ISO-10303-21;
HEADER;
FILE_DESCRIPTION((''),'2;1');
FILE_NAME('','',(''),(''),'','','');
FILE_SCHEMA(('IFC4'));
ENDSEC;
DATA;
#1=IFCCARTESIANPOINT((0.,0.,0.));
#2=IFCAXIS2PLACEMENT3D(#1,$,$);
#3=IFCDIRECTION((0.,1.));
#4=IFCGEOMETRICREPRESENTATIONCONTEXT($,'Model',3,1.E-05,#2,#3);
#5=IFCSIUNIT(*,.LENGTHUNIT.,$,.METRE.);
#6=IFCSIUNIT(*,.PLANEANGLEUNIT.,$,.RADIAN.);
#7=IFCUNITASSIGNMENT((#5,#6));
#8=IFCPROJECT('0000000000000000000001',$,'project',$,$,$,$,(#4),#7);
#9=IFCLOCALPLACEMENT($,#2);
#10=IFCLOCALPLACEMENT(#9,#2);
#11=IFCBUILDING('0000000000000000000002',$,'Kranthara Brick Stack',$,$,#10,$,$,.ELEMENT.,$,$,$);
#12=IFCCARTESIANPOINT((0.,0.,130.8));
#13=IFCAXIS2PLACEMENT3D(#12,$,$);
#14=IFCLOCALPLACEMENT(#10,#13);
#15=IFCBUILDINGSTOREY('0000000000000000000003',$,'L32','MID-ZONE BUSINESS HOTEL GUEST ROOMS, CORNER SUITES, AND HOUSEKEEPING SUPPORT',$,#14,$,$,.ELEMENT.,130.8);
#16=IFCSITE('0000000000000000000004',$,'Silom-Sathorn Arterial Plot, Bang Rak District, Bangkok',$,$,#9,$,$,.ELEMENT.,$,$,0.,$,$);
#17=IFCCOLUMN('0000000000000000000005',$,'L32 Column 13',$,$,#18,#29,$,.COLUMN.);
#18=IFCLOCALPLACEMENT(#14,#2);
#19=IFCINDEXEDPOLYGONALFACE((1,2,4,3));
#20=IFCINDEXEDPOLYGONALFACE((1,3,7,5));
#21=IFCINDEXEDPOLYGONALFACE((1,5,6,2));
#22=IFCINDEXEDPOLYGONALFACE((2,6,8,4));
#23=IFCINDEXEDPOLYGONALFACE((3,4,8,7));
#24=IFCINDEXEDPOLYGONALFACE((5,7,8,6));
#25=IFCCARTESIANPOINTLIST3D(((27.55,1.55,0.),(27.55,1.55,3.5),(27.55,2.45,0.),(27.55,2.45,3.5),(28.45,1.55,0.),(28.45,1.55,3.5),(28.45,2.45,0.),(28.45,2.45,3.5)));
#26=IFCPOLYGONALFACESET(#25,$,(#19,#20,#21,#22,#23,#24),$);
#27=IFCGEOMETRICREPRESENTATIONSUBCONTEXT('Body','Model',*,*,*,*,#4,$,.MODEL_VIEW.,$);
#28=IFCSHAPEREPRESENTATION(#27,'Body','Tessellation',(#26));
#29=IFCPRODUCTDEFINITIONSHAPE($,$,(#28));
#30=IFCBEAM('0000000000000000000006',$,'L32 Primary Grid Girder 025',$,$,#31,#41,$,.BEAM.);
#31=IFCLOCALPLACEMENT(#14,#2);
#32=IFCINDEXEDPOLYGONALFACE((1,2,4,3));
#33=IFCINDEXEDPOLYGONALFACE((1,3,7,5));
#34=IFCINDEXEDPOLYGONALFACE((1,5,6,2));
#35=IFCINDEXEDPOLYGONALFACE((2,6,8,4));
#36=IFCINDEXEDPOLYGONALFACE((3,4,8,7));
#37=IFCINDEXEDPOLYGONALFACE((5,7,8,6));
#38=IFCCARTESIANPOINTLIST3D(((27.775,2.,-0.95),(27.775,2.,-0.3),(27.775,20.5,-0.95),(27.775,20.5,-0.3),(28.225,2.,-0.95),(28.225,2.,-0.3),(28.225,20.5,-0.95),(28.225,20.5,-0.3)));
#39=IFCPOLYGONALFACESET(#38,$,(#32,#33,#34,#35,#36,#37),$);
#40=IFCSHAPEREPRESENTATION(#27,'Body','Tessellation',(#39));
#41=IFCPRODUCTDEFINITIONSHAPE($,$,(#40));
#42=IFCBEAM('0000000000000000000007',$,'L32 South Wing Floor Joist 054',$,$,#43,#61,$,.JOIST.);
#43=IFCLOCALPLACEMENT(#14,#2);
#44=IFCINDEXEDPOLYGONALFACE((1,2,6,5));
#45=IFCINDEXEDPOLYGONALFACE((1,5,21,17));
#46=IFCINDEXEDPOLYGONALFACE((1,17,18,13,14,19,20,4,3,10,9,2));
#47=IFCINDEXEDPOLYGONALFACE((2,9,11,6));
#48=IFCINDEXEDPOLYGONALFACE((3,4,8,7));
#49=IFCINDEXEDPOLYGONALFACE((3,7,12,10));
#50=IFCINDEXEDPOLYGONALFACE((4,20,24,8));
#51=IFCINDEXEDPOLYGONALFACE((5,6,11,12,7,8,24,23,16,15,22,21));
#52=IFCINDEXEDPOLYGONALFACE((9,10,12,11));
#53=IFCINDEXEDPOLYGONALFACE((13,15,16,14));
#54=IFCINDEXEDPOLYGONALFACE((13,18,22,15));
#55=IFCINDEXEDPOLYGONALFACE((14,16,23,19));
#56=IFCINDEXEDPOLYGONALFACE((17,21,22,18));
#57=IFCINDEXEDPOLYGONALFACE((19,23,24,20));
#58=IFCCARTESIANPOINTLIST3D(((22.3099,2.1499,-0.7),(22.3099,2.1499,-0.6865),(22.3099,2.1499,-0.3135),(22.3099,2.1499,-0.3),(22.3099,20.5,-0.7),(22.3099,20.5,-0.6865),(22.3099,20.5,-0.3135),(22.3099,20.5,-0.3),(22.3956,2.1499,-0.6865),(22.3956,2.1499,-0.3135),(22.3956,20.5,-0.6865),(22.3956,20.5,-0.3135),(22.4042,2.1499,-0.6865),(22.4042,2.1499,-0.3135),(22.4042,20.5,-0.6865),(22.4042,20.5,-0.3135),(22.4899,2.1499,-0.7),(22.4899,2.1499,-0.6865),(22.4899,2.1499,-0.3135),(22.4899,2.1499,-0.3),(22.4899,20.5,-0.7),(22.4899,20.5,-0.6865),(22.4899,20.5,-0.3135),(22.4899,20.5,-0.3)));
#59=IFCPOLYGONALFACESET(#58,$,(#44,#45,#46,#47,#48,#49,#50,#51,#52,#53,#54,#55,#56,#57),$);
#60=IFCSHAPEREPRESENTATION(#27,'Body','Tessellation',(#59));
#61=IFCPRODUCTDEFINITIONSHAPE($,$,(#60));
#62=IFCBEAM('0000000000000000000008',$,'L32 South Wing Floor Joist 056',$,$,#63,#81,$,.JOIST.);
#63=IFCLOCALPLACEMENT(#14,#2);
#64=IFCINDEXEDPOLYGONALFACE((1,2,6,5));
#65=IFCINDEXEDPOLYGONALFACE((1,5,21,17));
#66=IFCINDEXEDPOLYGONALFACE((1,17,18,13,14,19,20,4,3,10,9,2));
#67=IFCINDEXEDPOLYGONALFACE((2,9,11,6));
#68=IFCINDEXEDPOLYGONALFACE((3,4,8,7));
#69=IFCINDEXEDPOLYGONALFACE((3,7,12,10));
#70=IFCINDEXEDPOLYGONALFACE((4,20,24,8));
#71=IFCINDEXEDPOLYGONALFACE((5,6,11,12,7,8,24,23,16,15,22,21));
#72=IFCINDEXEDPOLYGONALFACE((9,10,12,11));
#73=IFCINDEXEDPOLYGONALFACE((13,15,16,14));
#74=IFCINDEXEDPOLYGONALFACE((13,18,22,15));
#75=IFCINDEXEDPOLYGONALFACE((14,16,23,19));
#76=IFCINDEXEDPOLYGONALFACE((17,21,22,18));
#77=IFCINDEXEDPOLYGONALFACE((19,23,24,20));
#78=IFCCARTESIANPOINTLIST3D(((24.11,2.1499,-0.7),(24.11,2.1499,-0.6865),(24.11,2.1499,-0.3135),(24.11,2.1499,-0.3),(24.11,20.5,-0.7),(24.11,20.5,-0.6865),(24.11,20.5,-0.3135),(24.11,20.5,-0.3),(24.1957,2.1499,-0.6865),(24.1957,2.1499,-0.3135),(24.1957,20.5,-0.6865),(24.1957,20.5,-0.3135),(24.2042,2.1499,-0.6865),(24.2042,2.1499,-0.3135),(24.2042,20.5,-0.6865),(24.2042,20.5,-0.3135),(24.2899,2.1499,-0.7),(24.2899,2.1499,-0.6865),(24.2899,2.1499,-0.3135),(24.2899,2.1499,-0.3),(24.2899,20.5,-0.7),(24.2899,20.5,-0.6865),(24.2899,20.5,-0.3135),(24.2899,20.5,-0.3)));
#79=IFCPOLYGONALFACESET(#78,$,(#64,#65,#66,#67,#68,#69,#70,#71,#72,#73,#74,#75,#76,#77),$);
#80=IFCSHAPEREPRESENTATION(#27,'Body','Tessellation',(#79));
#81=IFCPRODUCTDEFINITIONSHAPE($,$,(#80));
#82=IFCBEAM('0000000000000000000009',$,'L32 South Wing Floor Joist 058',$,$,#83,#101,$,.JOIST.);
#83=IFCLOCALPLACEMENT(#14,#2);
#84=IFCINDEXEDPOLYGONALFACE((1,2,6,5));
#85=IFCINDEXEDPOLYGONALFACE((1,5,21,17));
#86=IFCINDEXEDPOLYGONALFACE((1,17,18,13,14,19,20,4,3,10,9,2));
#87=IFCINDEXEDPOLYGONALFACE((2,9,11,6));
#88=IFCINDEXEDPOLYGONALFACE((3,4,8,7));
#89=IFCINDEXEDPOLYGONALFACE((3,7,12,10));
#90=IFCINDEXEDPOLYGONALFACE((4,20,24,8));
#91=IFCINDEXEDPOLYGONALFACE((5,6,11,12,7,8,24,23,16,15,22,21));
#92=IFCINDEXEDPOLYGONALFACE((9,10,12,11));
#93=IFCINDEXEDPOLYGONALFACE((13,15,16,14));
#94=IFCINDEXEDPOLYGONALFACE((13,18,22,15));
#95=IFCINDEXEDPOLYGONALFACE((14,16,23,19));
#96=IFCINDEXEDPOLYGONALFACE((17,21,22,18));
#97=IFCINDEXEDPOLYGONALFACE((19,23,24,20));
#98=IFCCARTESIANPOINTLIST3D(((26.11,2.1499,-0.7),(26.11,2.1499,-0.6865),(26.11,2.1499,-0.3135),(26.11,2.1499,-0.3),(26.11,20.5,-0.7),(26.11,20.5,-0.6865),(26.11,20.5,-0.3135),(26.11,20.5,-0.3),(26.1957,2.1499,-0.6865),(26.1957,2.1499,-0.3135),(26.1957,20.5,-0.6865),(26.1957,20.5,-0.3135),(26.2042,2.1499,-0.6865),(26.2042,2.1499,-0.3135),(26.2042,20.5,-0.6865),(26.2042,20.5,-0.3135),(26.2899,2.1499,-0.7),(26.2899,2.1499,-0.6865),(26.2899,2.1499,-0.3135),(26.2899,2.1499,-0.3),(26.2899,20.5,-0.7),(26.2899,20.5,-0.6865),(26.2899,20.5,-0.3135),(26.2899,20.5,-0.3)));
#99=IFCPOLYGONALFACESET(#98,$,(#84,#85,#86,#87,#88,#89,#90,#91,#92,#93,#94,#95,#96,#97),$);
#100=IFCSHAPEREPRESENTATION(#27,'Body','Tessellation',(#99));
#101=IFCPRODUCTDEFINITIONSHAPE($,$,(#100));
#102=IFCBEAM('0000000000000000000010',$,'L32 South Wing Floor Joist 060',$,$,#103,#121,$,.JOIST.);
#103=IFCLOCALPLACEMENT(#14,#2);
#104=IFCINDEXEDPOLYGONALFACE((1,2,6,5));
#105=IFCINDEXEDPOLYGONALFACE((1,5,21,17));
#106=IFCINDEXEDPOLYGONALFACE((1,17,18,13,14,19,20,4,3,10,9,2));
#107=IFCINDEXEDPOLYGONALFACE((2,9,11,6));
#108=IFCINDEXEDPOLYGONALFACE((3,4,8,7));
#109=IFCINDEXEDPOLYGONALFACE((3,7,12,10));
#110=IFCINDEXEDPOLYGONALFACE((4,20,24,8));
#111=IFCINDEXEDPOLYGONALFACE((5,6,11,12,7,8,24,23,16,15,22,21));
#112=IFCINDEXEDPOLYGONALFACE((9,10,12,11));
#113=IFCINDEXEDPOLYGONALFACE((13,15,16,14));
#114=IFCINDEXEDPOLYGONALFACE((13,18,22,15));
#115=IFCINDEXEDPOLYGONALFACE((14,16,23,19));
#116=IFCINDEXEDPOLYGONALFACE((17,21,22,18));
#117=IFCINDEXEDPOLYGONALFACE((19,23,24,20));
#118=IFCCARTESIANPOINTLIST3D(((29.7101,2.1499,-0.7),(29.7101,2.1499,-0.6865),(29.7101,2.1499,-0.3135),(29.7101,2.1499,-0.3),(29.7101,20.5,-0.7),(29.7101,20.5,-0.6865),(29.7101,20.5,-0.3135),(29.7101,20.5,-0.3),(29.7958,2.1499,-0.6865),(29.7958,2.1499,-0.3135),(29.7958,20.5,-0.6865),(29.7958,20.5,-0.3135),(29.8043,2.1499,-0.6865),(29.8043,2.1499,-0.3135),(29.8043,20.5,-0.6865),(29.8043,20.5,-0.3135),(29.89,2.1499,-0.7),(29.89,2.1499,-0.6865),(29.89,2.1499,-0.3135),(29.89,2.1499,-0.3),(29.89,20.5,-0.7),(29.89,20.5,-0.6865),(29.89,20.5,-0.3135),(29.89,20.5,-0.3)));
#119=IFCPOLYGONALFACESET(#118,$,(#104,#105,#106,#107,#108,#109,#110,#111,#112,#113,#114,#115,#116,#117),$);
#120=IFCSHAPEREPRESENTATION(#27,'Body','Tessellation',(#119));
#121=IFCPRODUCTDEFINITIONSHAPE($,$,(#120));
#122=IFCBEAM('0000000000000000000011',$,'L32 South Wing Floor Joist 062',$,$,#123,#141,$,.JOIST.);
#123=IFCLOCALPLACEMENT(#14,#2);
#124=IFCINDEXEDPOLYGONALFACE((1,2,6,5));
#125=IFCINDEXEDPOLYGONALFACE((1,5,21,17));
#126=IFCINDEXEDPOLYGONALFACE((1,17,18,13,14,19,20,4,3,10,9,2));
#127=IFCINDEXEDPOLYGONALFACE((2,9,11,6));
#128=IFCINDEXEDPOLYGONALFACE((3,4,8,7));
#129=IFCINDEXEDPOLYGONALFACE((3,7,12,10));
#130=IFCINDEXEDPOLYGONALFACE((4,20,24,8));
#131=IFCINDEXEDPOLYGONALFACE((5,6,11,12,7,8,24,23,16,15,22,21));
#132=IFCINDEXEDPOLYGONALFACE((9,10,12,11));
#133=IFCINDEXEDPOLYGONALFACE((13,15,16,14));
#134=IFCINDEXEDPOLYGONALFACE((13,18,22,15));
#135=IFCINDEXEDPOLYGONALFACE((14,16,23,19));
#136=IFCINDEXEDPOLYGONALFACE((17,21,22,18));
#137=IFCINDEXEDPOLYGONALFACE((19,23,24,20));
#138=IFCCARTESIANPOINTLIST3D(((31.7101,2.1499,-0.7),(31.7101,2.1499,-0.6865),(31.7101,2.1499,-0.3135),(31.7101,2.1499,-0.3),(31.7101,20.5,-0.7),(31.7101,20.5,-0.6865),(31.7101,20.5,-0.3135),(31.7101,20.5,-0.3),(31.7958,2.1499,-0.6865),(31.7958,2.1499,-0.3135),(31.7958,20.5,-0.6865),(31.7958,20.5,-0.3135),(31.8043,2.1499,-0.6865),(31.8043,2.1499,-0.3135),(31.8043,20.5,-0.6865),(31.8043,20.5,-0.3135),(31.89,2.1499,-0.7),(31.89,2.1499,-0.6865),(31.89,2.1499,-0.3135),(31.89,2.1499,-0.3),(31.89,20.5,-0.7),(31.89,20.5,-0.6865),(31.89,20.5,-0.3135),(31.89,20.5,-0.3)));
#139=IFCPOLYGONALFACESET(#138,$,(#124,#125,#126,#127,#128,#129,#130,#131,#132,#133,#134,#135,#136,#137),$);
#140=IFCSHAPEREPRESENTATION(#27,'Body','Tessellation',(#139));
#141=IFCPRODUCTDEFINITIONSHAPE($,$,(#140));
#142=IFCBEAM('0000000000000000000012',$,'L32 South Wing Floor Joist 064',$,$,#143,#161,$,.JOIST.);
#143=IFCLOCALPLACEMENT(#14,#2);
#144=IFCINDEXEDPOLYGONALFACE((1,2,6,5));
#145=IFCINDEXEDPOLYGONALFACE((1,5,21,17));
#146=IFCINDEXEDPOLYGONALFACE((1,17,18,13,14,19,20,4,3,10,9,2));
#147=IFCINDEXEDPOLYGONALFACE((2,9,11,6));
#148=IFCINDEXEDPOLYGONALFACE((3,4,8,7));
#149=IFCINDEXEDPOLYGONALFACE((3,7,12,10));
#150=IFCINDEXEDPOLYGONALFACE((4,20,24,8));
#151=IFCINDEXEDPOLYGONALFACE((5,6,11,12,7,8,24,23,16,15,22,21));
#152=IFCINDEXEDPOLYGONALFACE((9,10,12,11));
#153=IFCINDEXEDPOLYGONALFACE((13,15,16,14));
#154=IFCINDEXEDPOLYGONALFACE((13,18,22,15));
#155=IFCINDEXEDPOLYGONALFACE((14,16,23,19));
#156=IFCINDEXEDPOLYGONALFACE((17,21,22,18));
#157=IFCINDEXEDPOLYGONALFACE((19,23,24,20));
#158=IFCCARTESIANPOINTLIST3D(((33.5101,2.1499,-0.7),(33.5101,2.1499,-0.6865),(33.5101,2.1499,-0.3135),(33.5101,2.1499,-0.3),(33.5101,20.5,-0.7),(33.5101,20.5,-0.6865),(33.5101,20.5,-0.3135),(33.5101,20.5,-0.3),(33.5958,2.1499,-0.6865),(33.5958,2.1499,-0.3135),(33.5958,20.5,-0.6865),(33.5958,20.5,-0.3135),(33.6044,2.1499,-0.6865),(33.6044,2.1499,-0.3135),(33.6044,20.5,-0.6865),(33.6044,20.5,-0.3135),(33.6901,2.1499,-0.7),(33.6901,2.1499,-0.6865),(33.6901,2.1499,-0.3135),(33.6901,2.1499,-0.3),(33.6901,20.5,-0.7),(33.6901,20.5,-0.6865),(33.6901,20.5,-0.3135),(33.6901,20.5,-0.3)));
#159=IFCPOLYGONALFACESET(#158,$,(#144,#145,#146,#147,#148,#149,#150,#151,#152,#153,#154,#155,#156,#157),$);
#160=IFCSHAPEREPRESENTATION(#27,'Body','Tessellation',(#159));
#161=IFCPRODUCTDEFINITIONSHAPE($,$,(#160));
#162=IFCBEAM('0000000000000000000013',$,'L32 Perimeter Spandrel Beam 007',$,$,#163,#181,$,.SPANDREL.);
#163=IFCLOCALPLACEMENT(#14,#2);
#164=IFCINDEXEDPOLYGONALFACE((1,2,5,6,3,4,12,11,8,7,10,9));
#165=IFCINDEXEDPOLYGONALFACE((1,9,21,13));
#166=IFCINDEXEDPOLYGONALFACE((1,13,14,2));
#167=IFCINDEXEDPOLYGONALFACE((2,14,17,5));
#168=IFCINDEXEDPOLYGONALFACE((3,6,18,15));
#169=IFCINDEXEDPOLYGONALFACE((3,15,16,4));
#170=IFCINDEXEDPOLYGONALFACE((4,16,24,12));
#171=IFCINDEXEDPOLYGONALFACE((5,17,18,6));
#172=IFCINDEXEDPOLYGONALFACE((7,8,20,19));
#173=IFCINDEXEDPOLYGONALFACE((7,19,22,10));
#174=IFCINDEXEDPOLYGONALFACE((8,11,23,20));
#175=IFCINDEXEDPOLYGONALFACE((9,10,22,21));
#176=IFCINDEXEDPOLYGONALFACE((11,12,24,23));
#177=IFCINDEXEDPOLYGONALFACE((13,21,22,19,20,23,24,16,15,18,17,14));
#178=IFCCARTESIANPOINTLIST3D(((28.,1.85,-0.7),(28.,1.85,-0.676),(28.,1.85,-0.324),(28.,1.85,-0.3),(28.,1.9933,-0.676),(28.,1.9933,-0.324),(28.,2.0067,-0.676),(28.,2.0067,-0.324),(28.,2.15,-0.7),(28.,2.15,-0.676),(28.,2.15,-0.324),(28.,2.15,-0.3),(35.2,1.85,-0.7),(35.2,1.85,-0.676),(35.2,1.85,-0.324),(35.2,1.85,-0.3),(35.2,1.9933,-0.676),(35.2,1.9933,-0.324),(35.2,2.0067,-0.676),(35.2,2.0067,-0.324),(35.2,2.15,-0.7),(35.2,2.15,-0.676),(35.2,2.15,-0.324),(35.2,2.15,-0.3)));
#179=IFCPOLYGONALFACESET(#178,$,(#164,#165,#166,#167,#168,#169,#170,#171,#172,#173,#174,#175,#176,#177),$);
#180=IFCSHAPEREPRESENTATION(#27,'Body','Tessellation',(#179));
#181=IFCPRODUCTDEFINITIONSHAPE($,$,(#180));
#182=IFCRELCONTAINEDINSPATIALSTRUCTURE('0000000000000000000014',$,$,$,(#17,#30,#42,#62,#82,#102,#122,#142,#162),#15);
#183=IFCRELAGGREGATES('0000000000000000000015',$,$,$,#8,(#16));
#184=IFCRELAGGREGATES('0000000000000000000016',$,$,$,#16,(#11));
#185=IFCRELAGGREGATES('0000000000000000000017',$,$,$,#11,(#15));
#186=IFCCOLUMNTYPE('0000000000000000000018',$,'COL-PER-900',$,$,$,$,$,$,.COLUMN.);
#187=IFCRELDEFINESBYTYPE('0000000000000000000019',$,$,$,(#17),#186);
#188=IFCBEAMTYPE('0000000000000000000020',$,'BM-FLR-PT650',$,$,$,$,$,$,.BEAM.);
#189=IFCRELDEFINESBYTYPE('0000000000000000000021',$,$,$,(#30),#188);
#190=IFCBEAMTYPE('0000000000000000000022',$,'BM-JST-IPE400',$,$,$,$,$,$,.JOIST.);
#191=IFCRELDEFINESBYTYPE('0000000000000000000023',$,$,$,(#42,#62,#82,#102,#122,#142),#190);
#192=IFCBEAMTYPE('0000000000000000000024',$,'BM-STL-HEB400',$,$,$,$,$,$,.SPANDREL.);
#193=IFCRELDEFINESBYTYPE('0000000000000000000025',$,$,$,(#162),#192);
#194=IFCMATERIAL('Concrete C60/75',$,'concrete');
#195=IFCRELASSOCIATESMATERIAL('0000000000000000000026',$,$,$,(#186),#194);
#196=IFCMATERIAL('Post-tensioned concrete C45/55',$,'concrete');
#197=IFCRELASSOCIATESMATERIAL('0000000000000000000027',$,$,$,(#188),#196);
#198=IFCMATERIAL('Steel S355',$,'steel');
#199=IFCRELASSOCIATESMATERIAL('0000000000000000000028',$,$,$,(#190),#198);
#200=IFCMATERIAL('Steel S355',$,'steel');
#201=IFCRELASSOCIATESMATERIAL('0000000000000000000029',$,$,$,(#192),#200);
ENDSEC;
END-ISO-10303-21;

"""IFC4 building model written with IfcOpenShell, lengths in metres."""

from ifc_helpers import new_model, si_unit, direction, frame, origin, origin_2d, place, context, subcontext, project, spatial, rectangle, i_section, extrude, material, material_profile, profile_set, type_object, element, save


model = new_model("IFC4")

# Units and contexts
model_context = context("Model", 3, precision=1e-05, world=origin(), true_north=direction((0.0, 1.0)))
body_context = subcontext(model_context, "Body", "Model", "MODEL_VIEW")
ifc_project = project(units=[si_unit("LENGTHUNIT", "METRE"), si_unit("PLANEANGLEUNIT", "RADIAN")], contexts=[model_context])

# Site, building, storey
site_placement = place(None, origin())
site = spatial("IfcSite", under=ifc_project, at=site_placement, Name="Silom-Sathorn Arterial Plot, Bang Rak District, Bangkok", CompositionType="ELEMENT", RefElevation=0.0)
building_placement = place(site_placement, origin())
building = spatial("IfcBuilding", under=site, at=building_placement, Name="Kranthara Brick Stack", CompositionType="ELEMENT")
storey_placement = place(building_placement, frame((0.0, 0.0, 130.8)))
storey = spatial("IfcBuildingStorey", under=building, at=storey_placement, Name="L32", Description="MID-ZONE BUSINESS HOTEL GUEST ROOMS, CORNER SUITES, AND HOUSEKEEPING SUPPORT", CompositionType="ELEMENT", Elevation=130.8)

# Column
ifc_material_1 = material(Name="Concrete C60/75", Category="concrete")
ifc_material_profile_1 = material_profile(ifc_material_1, rectangle(XDim=0.8999, YDim=0.8999, at=origin_2d()), Name="RC 900x900")
ifc_profile_set_1 = profile_set([ifc_material_profile_1], Name="Concrete C60/75")
column_type = type_object("IfcColumnType", Name="COL-PER-900", PredefinedType="COLUMN", material=ifc_profile_set_1)
column_placement = place(storey_placement, frame((28.0, 2.0, 0.0), z_axis=(0.0, 0.0, 1.0), x_axis=(1.0, 0.0, 0.0)))
element("IfcColumn", 1, at=column_placement, inside=storey, type_object=column_type, Name="L32 Column 13", PredefinedType="COLUMN", context=body_context, shape_type="SweptSolid", body=[
    extrude(rectangle(XDim=0.8999, YDim=0.8999, at=origin_2d()), origin(), (0.0, 0.0, 1.0), 3.5),
])

# Beams
ifc_material_2 = material(Name="Post-tensioned concrete C45/55", Category="concrete")
ifc_material_profile_2 = material_profile(ifc_material_2, rectangle(XDim=0.45, YDim=0.6499, at=origin_2d()), Name="PT 450x650")
ifc_profile_set_2 = profile_set([ifc_material_profile_2], Name="Post-tensioned concrete C45/55")
beam_type_1 = type_object("IfcBeamType", Name="BM-FLR-PT650", PredefinedType="BEAM", material=ifc_profile_set_2)
beam_1_placement = place(storey_placement, frame((28.0, 2.0, -0.625), z_axis=(0.0, 1.0, 0.0), x_axis=(-1.0, 0.0, 0.0)))
element("IfcBeam", 2, at=beam_1_placement, inside=storey, type_object=beam_type_1, Name="L32 Primary Grid Girder 025", PredefinedType="BEAM", context=body_context, shape_type="SweptSolid", body=[
    extrude(rectangle(XDim=0.45, YDim=0.6499, at=origin_2d()), origin(), (0.0, 0.0, 1.0), 18.5),
])
ifc_material_3 = material(Name="Steel S355", Category="steel")
ifc_material_profile_3 = material_profile(ifc_material_3, i_section(OverallWidth=0.1799, OverallDepth=0.3999, WebThickness=0.0085, FlangeThickness=0.0134, at=origin_2d()), Name="IPE 400")
ifc_profile_set_3 = profile_set([ifc_material_profile_3], Name="Steel S355")
beam_type_2 = type_object("IfcBeamType", Name="BM-JST-IPE400", PredefinedType="JOIST", material=ifc_profile_set_3)
for number, where, z_axis, x_axis, name in (
    (3, (22.3999, 2.1499, -0.5), (0.0, 1.0, 0.0), (-1.0, 0.0, 0.0), "L32 South Wing Floor Joist 054"),
    (4, (24.2, 2.1499, -0.5), (0.0, 1.0, 0.0), (-1.0, 0.0, 0.0), "L32 South Wing Floor Joist 056"),
    (5, (26.2, 2.1499, -0.5), (0.0, 1.0, 0.0), (-1.0, 0.0, 0.0), "L32 South Wing Floor Joist 058"),
    (6, (29.8, 2.1499, -0.5), (0.0, 1.0, 0.0), (-1.0, 0.0, 0.0), "L32 South Wing Floor Joist 060"),
    (7, (31.8, 2.1499, -0.5), (0.0, 1.0, 0.0), (-1.0, 0.0, 0.0), "L32 South Wing Floor Joist 062"),
    (8, (33.6001, 2.1499, -0.5), (0.0, 1.0, 0.0), (-1.0, 0.0, 0.0), "L32 South Wing Floor Joist 064"),
):
    element("IfcBeam", number, at=place(storey_placement, frame(where, z_axis=z_axis, x_axis=x_axis)), inside=storey, type_object=beam_type_2, Name=name, PredefinedType="JOIST", context=body_context, shape_type="SweptSolid", body=[
        extrude(i_section(OverallWidth=0.1799, OverallDepth=0.3999, WebThickness=0.0085, FlangeThickness=0.0134, at=origin_2d()), origin(), (0.0, 0.0, 1.0), 18.3501),
    ])
ifc_material_4 = material(Name="Steel S355", Category="steel")
ifc_material_profile_4 = material_profile(ifc_material_4, i_section(OverallWidth=0.3, OverallDepth=0.3999, WebThickness=0.0134, FlangeThickness=0.0239, at=origin_2d()), Name="HEB 400")
ifc_profile_set_4 = profile_set([ifc_material_profile_4], Name="Steel S355")
beam_type_3 = type_object("IfcBeamType", Name="BM-STL-HEB400", PredefinedType="SPANDREL", material=ifc_profile_set_4)
beam_2_placement = place(storey_placement, frame((28.0, 2.0, -0.5), z_axis=(1.0, 0.0, 0.0), x_axis=(0.0, 1.0, 0.0)))
element("IfcBeam", 9, at=beam_2_placement, inside=storey, type_object=beam_type_3, Name="L32 Perimeter Spandrel Beam 007", PredefinedType="SPANDREL", context=body_context, shape_type="SweptSolid", body=[
    extrude(i_section(OverallWidth=0.3, OverallDepth=0.3999, WebThickness=0.0134, FlangeThickness=0.0239, at=origin_2d()), origin(), (0.0, 0.0, 1.0), 7.2),
])

save(model, "model.ifc")
